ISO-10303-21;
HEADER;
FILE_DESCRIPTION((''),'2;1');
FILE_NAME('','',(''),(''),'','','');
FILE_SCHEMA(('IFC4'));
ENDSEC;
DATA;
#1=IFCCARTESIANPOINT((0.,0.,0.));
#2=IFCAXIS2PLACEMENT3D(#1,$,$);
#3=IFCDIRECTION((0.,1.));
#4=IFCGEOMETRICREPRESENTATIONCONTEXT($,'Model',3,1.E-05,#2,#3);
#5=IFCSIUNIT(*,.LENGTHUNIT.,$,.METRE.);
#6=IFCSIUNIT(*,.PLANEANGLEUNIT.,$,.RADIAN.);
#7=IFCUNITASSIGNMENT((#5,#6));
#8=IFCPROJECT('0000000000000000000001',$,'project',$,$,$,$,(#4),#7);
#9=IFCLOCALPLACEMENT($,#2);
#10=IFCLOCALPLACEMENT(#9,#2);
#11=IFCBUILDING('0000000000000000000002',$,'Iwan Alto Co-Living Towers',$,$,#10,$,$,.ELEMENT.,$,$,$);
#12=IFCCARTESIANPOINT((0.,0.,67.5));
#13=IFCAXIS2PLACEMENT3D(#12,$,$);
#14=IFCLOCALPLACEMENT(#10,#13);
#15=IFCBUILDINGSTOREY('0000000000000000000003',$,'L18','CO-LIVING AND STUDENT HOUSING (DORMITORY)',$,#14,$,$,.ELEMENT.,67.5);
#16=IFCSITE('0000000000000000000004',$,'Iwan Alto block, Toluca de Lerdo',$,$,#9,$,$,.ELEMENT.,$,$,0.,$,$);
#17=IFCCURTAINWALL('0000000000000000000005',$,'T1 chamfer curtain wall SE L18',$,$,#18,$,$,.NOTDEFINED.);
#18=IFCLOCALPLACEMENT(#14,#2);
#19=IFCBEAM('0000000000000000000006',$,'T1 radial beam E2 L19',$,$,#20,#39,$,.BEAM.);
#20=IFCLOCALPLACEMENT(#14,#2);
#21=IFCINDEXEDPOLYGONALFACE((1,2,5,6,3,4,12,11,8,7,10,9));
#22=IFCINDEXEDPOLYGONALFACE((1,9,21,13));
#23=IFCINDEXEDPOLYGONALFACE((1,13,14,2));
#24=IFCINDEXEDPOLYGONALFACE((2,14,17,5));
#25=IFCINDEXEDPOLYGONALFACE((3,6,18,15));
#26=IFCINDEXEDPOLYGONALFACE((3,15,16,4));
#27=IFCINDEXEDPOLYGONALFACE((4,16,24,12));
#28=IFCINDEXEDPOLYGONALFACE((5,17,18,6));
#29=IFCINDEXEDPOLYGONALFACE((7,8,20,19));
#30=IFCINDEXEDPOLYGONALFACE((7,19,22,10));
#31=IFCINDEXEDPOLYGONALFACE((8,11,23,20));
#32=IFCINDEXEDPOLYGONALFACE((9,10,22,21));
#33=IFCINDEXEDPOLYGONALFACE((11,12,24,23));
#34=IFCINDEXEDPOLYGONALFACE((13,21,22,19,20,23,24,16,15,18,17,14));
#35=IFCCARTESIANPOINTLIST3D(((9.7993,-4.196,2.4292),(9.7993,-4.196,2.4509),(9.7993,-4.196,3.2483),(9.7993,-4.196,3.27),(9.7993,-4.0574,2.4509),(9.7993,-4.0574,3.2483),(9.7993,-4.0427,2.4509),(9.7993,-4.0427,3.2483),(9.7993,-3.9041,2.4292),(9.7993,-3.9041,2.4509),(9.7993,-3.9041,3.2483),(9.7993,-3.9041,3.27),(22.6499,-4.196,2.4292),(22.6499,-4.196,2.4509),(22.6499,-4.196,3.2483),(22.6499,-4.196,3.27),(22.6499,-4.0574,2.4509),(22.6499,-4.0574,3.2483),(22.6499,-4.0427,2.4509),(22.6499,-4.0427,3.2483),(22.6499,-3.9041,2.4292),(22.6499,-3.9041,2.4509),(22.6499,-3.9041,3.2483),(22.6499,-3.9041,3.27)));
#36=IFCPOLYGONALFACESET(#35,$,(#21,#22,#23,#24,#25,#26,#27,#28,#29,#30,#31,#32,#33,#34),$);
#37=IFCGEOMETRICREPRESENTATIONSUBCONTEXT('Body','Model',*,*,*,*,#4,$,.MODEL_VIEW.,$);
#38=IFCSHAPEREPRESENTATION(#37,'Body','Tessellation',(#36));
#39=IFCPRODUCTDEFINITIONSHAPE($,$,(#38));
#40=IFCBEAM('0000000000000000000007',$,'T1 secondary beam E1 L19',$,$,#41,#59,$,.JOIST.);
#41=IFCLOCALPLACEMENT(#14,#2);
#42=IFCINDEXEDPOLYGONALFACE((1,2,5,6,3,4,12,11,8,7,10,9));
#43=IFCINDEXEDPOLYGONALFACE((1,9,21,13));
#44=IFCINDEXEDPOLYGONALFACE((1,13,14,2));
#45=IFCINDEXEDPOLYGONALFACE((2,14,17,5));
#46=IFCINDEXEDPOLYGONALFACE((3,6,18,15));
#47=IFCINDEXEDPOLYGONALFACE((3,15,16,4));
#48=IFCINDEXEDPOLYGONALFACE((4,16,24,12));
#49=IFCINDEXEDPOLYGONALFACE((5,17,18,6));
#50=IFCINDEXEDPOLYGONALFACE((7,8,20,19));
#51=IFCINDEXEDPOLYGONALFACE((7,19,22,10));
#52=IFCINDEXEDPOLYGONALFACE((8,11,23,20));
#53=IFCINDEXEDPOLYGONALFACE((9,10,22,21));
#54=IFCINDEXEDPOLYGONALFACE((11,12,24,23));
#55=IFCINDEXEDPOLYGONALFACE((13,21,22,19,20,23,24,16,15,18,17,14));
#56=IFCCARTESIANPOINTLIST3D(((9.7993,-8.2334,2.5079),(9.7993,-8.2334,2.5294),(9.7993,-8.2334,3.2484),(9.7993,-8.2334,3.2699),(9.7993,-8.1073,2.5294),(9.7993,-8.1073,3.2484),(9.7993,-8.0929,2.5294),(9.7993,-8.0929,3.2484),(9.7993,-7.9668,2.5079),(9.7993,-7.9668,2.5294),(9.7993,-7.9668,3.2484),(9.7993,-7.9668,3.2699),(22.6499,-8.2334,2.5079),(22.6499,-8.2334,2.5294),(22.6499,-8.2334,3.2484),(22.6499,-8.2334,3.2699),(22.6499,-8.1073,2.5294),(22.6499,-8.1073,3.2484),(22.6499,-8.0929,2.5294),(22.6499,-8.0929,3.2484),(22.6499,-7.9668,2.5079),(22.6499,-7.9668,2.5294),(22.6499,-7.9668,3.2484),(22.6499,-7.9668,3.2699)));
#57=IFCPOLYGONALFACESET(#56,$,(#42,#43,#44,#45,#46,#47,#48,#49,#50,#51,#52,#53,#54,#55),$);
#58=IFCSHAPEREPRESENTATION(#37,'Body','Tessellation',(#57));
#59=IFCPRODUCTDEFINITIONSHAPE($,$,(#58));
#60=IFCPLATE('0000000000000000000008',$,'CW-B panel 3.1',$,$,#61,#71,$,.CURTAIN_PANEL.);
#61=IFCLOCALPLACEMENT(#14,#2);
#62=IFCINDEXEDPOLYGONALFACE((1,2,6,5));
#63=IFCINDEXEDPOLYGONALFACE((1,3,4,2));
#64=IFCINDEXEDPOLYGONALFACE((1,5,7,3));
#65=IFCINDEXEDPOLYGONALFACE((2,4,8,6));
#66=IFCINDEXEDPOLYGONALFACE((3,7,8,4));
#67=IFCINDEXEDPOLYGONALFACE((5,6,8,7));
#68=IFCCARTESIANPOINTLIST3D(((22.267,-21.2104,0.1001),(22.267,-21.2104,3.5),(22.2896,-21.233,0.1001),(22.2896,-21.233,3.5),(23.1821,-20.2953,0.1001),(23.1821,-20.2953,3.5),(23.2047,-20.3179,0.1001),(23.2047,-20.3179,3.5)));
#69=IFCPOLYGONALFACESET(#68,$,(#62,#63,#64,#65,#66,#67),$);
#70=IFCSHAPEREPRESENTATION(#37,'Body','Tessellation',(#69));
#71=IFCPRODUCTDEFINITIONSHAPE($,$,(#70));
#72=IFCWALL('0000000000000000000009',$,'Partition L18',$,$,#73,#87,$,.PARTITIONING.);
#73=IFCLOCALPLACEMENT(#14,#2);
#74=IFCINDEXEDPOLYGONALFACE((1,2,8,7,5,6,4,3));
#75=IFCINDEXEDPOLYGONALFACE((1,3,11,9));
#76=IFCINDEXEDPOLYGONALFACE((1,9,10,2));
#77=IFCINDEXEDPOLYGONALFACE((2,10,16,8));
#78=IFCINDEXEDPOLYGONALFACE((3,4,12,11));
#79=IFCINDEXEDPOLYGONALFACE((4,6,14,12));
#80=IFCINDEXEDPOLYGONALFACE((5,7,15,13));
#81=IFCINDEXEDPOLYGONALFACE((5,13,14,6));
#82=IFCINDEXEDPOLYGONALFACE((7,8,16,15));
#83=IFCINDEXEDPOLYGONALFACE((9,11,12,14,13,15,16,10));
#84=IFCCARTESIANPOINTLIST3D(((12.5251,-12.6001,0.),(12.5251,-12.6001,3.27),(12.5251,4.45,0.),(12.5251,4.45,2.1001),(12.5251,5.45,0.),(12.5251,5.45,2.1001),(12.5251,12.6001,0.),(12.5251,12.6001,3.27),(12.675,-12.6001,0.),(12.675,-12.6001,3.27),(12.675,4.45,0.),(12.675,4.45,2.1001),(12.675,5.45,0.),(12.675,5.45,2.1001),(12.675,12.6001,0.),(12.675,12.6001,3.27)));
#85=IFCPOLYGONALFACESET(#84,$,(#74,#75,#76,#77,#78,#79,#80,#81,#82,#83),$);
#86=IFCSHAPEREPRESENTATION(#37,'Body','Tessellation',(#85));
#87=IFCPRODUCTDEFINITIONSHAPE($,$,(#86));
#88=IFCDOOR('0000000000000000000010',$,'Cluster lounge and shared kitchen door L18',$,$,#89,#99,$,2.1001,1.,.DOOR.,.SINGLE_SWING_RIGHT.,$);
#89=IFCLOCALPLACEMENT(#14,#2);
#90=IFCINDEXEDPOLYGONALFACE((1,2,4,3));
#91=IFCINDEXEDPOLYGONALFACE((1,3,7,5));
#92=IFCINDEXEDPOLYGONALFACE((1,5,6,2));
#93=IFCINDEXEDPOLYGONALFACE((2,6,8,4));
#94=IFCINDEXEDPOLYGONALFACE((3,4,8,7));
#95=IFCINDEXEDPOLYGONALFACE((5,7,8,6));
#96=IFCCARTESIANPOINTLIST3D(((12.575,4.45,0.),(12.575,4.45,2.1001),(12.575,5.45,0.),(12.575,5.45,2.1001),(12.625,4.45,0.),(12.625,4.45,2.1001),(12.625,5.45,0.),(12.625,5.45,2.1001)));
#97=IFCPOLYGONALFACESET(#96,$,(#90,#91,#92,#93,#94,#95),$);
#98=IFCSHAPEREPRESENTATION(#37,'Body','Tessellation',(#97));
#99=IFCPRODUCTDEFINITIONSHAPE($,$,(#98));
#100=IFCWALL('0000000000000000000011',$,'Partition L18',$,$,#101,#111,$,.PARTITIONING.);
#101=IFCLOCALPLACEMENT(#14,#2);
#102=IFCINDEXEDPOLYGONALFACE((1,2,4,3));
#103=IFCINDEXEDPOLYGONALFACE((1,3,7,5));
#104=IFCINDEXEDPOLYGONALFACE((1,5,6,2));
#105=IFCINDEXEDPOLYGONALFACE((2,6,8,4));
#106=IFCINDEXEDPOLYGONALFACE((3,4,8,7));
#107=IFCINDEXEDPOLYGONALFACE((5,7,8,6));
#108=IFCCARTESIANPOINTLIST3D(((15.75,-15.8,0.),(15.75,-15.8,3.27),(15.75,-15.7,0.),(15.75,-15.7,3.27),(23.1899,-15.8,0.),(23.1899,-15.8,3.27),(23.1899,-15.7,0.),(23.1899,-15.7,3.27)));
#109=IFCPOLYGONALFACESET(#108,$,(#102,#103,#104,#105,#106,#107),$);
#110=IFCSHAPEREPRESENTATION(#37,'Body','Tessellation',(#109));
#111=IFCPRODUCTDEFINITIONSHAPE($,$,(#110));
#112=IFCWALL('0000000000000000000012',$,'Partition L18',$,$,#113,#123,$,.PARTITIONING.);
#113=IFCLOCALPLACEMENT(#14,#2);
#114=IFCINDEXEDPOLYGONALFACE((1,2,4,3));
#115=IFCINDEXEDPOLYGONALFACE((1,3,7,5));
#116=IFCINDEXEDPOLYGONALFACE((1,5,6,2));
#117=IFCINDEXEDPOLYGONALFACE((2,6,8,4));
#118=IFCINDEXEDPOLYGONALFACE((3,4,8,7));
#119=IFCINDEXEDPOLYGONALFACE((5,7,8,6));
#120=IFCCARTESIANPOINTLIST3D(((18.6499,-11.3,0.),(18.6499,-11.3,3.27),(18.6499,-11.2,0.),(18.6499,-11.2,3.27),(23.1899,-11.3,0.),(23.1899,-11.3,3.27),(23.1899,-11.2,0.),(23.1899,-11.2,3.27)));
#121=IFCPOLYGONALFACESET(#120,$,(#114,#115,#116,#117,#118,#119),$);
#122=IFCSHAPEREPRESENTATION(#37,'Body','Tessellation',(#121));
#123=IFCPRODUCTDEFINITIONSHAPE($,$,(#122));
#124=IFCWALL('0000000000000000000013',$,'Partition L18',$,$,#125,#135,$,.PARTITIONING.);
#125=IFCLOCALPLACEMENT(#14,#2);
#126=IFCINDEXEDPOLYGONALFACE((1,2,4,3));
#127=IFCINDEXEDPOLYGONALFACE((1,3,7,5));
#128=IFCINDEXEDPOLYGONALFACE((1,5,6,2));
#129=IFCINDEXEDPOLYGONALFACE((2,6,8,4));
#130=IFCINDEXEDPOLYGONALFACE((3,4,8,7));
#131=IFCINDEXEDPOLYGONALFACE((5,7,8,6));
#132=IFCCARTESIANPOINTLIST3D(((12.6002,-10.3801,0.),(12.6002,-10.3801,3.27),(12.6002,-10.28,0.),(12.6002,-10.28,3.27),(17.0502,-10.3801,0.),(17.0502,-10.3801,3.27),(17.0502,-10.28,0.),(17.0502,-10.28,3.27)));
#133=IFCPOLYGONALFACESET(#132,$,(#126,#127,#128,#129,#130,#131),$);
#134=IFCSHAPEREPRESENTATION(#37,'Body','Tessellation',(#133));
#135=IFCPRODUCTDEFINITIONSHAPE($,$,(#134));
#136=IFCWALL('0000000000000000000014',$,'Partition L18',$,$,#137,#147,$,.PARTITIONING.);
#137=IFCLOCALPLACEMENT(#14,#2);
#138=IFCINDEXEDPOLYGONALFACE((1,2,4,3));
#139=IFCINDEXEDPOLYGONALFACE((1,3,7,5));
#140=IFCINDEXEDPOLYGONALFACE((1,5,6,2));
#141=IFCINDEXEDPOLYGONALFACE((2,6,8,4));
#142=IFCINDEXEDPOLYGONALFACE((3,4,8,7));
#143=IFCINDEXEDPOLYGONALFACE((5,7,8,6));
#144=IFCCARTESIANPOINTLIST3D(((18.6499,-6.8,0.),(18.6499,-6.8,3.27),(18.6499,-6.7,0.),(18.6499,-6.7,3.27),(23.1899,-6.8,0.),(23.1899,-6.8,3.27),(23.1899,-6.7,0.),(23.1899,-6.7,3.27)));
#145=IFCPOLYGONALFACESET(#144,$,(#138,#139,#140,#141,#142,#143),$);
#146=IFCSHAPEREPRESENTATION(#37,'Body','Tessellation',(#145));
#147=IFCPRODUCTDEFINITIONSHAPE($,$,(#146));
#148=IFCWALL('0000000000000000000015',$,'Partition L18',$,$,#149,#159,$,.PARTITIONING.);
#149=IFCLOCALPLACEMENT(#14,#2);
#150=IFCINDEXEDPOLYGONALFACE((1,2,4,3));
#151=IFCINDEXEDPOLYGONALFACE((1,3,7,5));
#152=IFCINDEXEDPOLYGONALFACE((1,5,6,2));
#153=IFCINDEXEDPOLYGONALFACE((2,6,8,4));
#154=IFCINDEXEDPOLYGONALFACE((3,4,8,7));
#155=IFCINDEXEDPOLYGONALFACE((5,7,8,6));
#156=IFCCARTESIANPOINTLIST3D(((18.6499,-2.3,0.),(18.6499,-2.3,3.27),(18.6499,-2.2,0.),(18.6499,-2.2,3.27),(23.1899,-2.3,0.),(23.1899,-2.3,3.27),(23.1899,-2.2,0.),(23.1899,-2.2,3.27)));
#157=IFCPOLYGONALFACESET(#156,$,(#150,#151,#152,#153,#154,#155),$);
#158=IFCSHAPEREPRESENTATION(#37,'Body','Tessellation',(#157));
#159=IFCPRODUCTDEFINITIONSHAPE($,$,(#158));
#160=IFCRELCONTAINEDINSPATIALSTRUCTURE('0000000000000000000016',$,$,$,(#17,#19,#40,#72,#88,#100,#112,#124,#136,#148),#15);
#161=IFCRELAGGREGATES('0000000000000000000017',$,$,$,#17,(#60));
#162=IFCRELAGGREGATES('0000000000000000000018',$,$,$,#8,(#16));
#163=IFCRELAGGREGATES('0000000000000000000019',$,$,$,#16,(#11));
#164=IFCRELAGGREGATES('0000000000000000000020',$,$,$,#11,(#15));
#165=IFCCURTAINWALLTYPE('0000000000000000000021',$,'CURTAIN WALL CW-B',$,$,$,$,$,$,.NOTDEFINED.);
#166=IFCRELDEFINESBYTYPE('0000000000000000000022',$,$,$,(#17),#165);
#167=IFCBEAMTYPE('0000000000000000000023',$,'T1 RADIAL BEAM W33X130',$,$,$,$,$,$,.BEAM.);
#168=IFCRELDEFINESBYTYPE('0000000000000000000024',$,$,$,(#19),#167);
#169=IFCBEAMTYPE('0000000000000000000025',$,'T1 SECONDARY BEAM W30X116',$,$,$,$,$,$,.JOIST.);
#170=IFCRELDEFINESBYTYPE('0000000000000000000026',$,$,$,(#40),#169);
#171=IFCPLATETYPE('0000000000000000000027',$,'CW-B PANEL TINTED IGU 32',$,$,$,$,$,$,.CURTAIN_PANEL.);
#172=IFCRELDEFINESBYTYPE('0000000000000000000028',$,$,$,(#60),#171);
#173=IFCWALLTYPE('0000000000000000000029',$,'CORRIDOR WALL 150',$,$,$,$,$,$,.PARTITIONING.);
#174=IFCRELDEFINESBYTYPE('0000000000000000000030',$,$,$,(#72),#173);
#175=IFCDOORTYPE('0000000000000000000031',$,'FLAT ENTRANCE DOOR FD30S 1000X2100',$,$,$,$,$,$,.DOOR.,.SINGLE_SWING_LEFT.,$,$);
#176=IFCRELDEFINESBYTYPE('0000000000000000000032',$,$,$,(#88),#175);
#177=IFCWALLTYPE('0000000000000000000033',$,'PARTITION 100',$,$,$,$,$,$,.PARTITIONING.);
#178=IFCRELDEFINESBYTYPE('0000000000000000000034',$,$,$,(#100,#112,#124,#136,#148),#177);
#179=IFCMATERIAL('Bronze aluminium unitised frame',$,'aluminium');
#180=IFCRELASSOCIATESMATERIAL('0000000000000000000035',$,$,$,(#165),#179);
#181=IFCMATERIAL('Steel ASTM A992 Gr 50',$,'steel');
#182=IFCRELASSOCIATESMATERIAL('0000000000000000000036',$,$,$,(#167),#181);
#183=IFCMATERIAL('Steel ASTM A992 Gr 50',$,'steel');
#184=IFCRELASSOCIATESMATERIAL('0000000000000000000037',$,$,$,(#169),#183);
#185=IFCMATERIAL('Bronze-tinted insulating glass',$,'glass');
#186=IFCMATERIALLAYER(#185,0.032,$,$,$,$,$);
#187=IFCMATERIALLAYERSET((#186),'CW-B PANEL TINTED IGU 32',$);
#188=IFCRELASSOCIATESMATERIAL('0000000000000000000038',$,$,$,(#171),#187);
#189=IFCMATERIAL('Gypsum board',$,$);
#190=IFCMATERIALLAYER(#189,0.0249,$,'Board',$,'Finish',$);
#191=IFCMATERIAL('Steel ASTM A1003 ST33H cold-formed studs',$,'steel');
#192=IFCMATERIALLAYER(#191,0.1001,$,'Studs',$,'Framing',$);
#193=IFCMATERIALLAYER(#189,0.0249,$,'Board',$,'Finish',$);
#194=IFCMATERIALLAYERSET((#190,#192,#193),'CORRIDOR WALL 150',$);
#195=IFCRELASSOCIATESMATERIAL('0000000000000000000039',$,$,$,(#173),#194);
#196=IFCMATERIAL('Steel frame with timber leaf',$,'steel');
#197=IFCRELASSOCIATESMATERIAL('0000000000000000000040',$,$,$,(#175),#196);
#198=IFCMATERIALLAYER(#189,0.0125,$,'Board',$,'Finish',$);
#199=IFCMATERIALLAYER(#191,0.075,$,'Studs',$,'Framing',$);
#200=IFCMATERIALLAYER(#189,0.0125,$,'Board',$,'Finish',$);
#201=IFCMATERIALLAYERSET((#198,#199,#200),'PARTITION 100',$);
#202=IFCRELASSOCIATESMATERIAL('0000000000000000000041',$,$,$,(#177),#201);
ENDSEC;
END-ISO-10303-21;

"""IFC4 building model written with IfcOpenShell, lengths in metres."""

from ifc_helpers import new_model, si_unit, direction, frame, frame_2d, origin, origin_2d, place, context, subcontext, project, spatial, rectangle, i_section, extrude, material, layer, layer_set, material_profile, profile_set, type_object, element, fill, aggregate, save


model = new_model("IFC4")

# Units and contexts
model_context = context("Model", 3, precision=1e-05, world=origin(), true_north=direction((0.0, 1.0)))
body_context = subcontext(model_context, "Body", "Model", "MODEL_VIEW")
ifc_project = project(units=[si_unit("LENGTHUNIT", "METRE"), si_unit("PLANEANGLEUNIT", "RADIAN")], contexts=[model_context])

# Site, building, storey
site_placement = place(None, origin())
site = spatial("IfcSite", under=ifc_project, at=site_placement, Name="Iwan Alto block, Toluca de Lerdo", CompositionType="ELEMENT", RefElevation=0.0)
building_placement = place(site_placement, origin())
building = spatial("IfcBuilding", under=site, at=building_placement, Name="Iwan Alto Co-Living Towers", CompositionType="ELEMENT")
storey_placement = place(building_placement, frame((0.0, 0.0, 67.5)))
storey = spatial("IfcBuildingStorey", under=building, at=storey_placement, Name="L18", Description="CO-LIVING AND STUDENT HOUSING (DORMITORY)", CompositionType="ELEMENT", Elevation=67.5)

# Curtain wall
ifc_material_1 = material(Name="Bronze aluminium unitised frame", Category="aluminium")
curtain_wall_type = type_object("IfcCurtainWallType", Name="CURTAIN WALL CW-B", PredefinedType="NOTDEFINED", material=ifc_material_1)
curtain_wall_placement = place(storey_placement, origin())
curtain_wall = element("IfcCurtainWall", 1, at=curtain_wall_placement, inside=storey, type_object=curtain_wall_type, Name="T1 chamfer curtain wall SE L18", PredefinedType="NOTDEFINED")

# Beams
ifc_material_2 = material(Name="Steel ASTM A992 Gr 50", Category="steel")
ifc_material_profile_1 = material_profile(ifc_material_2, i_section(OverallWidth=0.292, OverallDepth=0.8408, WebThickness=0.0146, FlangeThickness=0.0217, at=origin_2d()), Name="W33X130")
ifc_profile_set_1 = profile_set([ifc_material_profile_1], Name="Steel ASTM A992 Gr 50")
beam_type_1 = type_object("IfcBeamType", Name="T1 RADIAL BEAM W33X130", PredefinedType="BEAM", material=ifc_profile_set_1)
beam_1_placement = place(storey_placement, frame((22.6499, -4.05, 2.8496), z_axis=(-1.0, 0.0, 0.0), x_axis=(0.0, -1.0, 0.0)))
element("IfcBeam", 2, at=beam_1_placement, inside=storey, type_object=beam_type_1, Name="T1 radial beam E2 L19", PredefinedType="BEAM", context=body_context, shape_type="SweptSolid", body=[
    extrude(i_section(OverallWidth=0.292, OverallDepth=0.8408, WebThickness=0.0146, FlangeThickness=0.0217, at=origin_2d()), origin(), (0.0, 0.0, 1.0), 12.8506),
])
ifc_material_3 = material(Name="Steel ASTM A992 Gr 50", Category="steel")
ifc_material_profile_2 = material_profile(ifc_material_3, i_section(OverallWidth=0.2666, OverallDepth=0.762, WebThickness=0.0144, FlangeThickness=0.0215, at=origin_2d()), Name="W30X116")
ifc_profile_set_2 = profile_set([ifc_material_profile_2], Name="Steel ASTM A992 Gr 50")
beam_type_2 = type_object("IfcBeamType", Name="T1 SECONDARY BEAM W30X116", PredefinedType="JOIST", material=ifc_profile_set_2)
beam_2_placement = place(storey_placement, frame((22.6499, -8.1001, 2.8889), z_axis=(-1.0, 0.0, 0.0), x_axis=(0.0, -1.0, 0.0)))
element("IfcBeam", 3, at=beam_2_placement, inside=storey, type_object=beam_type_2, Name="T1 secondary beam E1 L19", PredefinedType="JOIST", context=body_context, shape_type="SweptSolid", body=[
    extrude(i_section(OverallWidth=0.2666, OverallDepth=0.762, WebThickness=0.0144, FlangeThickness=0.0215, at=origin_2d()), origin(), (0.0, 0.0, 1.0), 12.8506),
])

# Plate
ifc_material_4 = material(Name="Bronze-tinted insulating glass", Category="glass")
ifc_layer_1 = layer(ifc_material_4, 0.032)
ifc_layer_set_1 = layer_set([ifc_layer_1], Name="CW-B PANEL TINTED IGU 32")
plate_type = type_object("IfcPlateType", Name="CW-B PANEL TINTED IGU 32", PredefinedType="CURTAIN_PANEL", material=ifc_layer_set_1)
plate_placement = place(storey_placement, frame((22.7358, -20.7642, 0.1001), z_axis=(0.0, 0.0, 1.0), x_axis=(0.707107, 0.707107, 0.0)))
plate = element("IfcPlate", 4, at=plate_placement, type_object=plate_type, Name="CW-B panel 3.1", PredefinedType="CURTAIN_PANEL", context=body_context, shape_type="SweptSolid", body=[
    extrude(rectangle(XDim=1.2942, YDim=0.032, at=origin_2d()), origin(), (0.0, 0.0, 1.0), 3.3999),
])
aggregate(curtain_wall, [plate])

# Wall, opening, door
ifc_material_5 = material(Name="Gypsum board")
ifc_layer_2 = layer(ifc_material_5, 0.0249, Name="Board", Category="Finish")
ifc_material_6 = material(Name="Steel ASTM A1003 ST33H cold-formed studs", Category="steel")
ifc_layer_3 = layer(ifc_material_6, 0.1001, Name="Studs", Category="Framing")
ifc_layer_4 = layer(ifc_material_5, 0.0249, Name="Board", Category="Finish")
ifc_layer_set_2 = layer_set([ifc_layer_2, ifc_layer_3, ifc_layer_4], Name="CORRIDOR WALL 150")
wall_type_1 = type_object("IfcWallType", Name="CORRIDOR WALL 150", PredefinedType="PARTITIONING", material=ifc_layer_set_2)
wall_1_placement = place(storey_placement, frame((12.6001, -12.6001, 0.0), z_axis=(0.0, 0.0, 1.0), x_axis=(0.0, 1.0, 0.0)))
wall_1 = element("IfcWall", 5, at=wall_1_placement, inside=storey, type_object=wall_type_1, Name="Partition L18", PredefinedType="PARTITIONING", context=body_context, shape_type="SweptSolid", body=[
    extrude(rectangle(XDim=25.2002, YDim=0.1499, at=frame_2d((12.6001, 0.0))), origin(), (0.0, 0.0, 1.0), 3.27),
])
opening_1_placement = place(wall_1_placement, frame((17.05, 0.0, 0.0)))
opening_1 = element("IfcOpeningElement", 6, at=opening_1_placement, cuts=wall_1, PredefinedType="OPENING", context=body_context, shape_type="SweptSolid", body=[
    extrude(rectangle(XDim=1.0, YDim=2.1001, at=frame_2d((0.5, 1.05))), frame((0.0, 0.085, 0.0), z_axis=(0.0, -1.0, 0.0), x_axis=(1.0, 0.0, 0.0)), (0.0, 0.0, 1.0), 0.1699),
])
ifc_material_7 = material(Name="Steel frame with timber leaf", Category="steel")
door_type_1 = type_object("IfcDoorType", Name="FLAT ENTRANCE DOOR FD30S 1000X2100", OperationType="SINGLE_SWING_LEFT", PredefinedType="DOOR", material=ifc_material_7)
door_1_placement = place(opening_1_placement, frame((1.0, 0.0, 0.0), z_axis=(0.0, 0.0, 1.0), x_axis=(-1.0, 0.0, 0.0)))
door_1 = element("IfcDoor", 7, at=door_1_placement, inside=storey, type_object=door_type_1, Name="Cluster lounge and shared kitchen door L18", OperationType="SINGLE_SWING_RIGHT", OverallHeight=2.1001, OverallWidth=1.0, PredefinedType="DOOR", context=body_context, shape_type="SweptSolid", body=[
    extrude(rectangle(XDim=1.0, YDim=2.1001, at=frame_2d((0.5, 1.05))), frame((0.0, 0.0249, 0.0), z_axis=(0.0, -1.0, 0.0), x_axis=(1.0, 0.0, 0.0)), (0.0, 0.0, 1.0), 0.05),
])
fill(opening_1, door_1)

# Walls
ifc_layer_5 = layer(ifc_material_5, 0.0125, Name="Board", Category="Finish")
ifc_layer_6 = layer(ifc_material_6, 0.075, Name="Studs", Category="Framing")
ifc_layer_7 = layer(ifc_material_5, 0.0125, Name="Board", Category="Finish")
ifc_layer_set_3 = layer_set([ifc_layer_5, ifc_layer_6, ifc_layer_7], Name="PARTITION 100")
wall_type_2 = type_object("IfcWallType", Name="PARTITION 100", PredefinedType="PARTITIONING", material=ifc_layer_set_3)
wall_2_placement = place(storey_placement, frame((15.75, -15.75, 0.0), z_axis=(0.0, 0.0, 1.0), x_axis=(1.0, 0.0, 0.0)))
element("IfcWall", 8, at=wall_2_placement, inside=storey, type_object=wall_type_2, Name="Partition L18", PredefinedType="PARTITIONING", context=body_context, shape_type="SweptSolid", body=[
    extrude(rectangle(XDim=7.4399, YDim=0.1001, at=frame_2d((3.72, 0.0))), origin(), (0.0, 0.0, 1.0), 3.27),
])
wall_3_placement = place(storey_placement, frame((18.6499, -11.25, 0.0), z_axis=(0.0, 0.0, 1.0), x_axis=(1.0, 0.0, 0.0)))
element("IfcWall", 9, at=wall_3_placement, inside=storey, type_object=wall_type_2, Name="Partition L18", PredefinedType="PARTITIONING", context=body_context, shape_type="SweptSolid", body=[
    extrude(rectangle(XDim=4.54, YDim=0.1001, at=frame_2d((2.27, 0.0))), origin(), (0.0, 0.0, 1.0), 3.27),
])
wall_4_placement = place(storey_placement, frame((12.6001, -10.3301, 0.0), z_axis=(0.0, 0.0, 1.0), x_axis=(1.0, 0.0, 0.0)))
element("IfcWall", 10, at=wall_4_placement, inside=storey, type_object=wall_type_2, Name="Partition L18", PredefinedType="PARTITIONING", context=body_context, shape_type="SweptSolid", body=[
    extrude(rectangle(XDim=4.45, YDim=0.1001, at=frame_2d((2.2251, 0.0))), origin(), (0.0, 0.0, 1.0), 3.27),
])
for number, where, z_axis, x_axis, name in (
    (11, (18.6499, -6.75, 0.0), (0.0, 0.0, 1.0), (1.0, 0.0, 0.0), "Partition L18"),
    (12, (18.6499, -2.25, 0.0), (0.0, 0.0, 1.0), (1.0, 0.0, 0.0), "Partition L18"),
):
    element("IfcWall", number, at=place(storey_placement, frame(where, z_axis=z_axis, x_axis=x_axis)), inside=storey, type_object=wall_type_2, Name=name, PredefinedType="PARTITIONING", context=body_context, shape_type="SweptSolid", body=[
        extrude(rectangle(XDim=4.54, YDim=0.1001, at=frame_2d((2.27, 0.0))), origin(), (0.0, 0.0, 1.0), 3.27),
    ])

save(model, "model.ifc")
